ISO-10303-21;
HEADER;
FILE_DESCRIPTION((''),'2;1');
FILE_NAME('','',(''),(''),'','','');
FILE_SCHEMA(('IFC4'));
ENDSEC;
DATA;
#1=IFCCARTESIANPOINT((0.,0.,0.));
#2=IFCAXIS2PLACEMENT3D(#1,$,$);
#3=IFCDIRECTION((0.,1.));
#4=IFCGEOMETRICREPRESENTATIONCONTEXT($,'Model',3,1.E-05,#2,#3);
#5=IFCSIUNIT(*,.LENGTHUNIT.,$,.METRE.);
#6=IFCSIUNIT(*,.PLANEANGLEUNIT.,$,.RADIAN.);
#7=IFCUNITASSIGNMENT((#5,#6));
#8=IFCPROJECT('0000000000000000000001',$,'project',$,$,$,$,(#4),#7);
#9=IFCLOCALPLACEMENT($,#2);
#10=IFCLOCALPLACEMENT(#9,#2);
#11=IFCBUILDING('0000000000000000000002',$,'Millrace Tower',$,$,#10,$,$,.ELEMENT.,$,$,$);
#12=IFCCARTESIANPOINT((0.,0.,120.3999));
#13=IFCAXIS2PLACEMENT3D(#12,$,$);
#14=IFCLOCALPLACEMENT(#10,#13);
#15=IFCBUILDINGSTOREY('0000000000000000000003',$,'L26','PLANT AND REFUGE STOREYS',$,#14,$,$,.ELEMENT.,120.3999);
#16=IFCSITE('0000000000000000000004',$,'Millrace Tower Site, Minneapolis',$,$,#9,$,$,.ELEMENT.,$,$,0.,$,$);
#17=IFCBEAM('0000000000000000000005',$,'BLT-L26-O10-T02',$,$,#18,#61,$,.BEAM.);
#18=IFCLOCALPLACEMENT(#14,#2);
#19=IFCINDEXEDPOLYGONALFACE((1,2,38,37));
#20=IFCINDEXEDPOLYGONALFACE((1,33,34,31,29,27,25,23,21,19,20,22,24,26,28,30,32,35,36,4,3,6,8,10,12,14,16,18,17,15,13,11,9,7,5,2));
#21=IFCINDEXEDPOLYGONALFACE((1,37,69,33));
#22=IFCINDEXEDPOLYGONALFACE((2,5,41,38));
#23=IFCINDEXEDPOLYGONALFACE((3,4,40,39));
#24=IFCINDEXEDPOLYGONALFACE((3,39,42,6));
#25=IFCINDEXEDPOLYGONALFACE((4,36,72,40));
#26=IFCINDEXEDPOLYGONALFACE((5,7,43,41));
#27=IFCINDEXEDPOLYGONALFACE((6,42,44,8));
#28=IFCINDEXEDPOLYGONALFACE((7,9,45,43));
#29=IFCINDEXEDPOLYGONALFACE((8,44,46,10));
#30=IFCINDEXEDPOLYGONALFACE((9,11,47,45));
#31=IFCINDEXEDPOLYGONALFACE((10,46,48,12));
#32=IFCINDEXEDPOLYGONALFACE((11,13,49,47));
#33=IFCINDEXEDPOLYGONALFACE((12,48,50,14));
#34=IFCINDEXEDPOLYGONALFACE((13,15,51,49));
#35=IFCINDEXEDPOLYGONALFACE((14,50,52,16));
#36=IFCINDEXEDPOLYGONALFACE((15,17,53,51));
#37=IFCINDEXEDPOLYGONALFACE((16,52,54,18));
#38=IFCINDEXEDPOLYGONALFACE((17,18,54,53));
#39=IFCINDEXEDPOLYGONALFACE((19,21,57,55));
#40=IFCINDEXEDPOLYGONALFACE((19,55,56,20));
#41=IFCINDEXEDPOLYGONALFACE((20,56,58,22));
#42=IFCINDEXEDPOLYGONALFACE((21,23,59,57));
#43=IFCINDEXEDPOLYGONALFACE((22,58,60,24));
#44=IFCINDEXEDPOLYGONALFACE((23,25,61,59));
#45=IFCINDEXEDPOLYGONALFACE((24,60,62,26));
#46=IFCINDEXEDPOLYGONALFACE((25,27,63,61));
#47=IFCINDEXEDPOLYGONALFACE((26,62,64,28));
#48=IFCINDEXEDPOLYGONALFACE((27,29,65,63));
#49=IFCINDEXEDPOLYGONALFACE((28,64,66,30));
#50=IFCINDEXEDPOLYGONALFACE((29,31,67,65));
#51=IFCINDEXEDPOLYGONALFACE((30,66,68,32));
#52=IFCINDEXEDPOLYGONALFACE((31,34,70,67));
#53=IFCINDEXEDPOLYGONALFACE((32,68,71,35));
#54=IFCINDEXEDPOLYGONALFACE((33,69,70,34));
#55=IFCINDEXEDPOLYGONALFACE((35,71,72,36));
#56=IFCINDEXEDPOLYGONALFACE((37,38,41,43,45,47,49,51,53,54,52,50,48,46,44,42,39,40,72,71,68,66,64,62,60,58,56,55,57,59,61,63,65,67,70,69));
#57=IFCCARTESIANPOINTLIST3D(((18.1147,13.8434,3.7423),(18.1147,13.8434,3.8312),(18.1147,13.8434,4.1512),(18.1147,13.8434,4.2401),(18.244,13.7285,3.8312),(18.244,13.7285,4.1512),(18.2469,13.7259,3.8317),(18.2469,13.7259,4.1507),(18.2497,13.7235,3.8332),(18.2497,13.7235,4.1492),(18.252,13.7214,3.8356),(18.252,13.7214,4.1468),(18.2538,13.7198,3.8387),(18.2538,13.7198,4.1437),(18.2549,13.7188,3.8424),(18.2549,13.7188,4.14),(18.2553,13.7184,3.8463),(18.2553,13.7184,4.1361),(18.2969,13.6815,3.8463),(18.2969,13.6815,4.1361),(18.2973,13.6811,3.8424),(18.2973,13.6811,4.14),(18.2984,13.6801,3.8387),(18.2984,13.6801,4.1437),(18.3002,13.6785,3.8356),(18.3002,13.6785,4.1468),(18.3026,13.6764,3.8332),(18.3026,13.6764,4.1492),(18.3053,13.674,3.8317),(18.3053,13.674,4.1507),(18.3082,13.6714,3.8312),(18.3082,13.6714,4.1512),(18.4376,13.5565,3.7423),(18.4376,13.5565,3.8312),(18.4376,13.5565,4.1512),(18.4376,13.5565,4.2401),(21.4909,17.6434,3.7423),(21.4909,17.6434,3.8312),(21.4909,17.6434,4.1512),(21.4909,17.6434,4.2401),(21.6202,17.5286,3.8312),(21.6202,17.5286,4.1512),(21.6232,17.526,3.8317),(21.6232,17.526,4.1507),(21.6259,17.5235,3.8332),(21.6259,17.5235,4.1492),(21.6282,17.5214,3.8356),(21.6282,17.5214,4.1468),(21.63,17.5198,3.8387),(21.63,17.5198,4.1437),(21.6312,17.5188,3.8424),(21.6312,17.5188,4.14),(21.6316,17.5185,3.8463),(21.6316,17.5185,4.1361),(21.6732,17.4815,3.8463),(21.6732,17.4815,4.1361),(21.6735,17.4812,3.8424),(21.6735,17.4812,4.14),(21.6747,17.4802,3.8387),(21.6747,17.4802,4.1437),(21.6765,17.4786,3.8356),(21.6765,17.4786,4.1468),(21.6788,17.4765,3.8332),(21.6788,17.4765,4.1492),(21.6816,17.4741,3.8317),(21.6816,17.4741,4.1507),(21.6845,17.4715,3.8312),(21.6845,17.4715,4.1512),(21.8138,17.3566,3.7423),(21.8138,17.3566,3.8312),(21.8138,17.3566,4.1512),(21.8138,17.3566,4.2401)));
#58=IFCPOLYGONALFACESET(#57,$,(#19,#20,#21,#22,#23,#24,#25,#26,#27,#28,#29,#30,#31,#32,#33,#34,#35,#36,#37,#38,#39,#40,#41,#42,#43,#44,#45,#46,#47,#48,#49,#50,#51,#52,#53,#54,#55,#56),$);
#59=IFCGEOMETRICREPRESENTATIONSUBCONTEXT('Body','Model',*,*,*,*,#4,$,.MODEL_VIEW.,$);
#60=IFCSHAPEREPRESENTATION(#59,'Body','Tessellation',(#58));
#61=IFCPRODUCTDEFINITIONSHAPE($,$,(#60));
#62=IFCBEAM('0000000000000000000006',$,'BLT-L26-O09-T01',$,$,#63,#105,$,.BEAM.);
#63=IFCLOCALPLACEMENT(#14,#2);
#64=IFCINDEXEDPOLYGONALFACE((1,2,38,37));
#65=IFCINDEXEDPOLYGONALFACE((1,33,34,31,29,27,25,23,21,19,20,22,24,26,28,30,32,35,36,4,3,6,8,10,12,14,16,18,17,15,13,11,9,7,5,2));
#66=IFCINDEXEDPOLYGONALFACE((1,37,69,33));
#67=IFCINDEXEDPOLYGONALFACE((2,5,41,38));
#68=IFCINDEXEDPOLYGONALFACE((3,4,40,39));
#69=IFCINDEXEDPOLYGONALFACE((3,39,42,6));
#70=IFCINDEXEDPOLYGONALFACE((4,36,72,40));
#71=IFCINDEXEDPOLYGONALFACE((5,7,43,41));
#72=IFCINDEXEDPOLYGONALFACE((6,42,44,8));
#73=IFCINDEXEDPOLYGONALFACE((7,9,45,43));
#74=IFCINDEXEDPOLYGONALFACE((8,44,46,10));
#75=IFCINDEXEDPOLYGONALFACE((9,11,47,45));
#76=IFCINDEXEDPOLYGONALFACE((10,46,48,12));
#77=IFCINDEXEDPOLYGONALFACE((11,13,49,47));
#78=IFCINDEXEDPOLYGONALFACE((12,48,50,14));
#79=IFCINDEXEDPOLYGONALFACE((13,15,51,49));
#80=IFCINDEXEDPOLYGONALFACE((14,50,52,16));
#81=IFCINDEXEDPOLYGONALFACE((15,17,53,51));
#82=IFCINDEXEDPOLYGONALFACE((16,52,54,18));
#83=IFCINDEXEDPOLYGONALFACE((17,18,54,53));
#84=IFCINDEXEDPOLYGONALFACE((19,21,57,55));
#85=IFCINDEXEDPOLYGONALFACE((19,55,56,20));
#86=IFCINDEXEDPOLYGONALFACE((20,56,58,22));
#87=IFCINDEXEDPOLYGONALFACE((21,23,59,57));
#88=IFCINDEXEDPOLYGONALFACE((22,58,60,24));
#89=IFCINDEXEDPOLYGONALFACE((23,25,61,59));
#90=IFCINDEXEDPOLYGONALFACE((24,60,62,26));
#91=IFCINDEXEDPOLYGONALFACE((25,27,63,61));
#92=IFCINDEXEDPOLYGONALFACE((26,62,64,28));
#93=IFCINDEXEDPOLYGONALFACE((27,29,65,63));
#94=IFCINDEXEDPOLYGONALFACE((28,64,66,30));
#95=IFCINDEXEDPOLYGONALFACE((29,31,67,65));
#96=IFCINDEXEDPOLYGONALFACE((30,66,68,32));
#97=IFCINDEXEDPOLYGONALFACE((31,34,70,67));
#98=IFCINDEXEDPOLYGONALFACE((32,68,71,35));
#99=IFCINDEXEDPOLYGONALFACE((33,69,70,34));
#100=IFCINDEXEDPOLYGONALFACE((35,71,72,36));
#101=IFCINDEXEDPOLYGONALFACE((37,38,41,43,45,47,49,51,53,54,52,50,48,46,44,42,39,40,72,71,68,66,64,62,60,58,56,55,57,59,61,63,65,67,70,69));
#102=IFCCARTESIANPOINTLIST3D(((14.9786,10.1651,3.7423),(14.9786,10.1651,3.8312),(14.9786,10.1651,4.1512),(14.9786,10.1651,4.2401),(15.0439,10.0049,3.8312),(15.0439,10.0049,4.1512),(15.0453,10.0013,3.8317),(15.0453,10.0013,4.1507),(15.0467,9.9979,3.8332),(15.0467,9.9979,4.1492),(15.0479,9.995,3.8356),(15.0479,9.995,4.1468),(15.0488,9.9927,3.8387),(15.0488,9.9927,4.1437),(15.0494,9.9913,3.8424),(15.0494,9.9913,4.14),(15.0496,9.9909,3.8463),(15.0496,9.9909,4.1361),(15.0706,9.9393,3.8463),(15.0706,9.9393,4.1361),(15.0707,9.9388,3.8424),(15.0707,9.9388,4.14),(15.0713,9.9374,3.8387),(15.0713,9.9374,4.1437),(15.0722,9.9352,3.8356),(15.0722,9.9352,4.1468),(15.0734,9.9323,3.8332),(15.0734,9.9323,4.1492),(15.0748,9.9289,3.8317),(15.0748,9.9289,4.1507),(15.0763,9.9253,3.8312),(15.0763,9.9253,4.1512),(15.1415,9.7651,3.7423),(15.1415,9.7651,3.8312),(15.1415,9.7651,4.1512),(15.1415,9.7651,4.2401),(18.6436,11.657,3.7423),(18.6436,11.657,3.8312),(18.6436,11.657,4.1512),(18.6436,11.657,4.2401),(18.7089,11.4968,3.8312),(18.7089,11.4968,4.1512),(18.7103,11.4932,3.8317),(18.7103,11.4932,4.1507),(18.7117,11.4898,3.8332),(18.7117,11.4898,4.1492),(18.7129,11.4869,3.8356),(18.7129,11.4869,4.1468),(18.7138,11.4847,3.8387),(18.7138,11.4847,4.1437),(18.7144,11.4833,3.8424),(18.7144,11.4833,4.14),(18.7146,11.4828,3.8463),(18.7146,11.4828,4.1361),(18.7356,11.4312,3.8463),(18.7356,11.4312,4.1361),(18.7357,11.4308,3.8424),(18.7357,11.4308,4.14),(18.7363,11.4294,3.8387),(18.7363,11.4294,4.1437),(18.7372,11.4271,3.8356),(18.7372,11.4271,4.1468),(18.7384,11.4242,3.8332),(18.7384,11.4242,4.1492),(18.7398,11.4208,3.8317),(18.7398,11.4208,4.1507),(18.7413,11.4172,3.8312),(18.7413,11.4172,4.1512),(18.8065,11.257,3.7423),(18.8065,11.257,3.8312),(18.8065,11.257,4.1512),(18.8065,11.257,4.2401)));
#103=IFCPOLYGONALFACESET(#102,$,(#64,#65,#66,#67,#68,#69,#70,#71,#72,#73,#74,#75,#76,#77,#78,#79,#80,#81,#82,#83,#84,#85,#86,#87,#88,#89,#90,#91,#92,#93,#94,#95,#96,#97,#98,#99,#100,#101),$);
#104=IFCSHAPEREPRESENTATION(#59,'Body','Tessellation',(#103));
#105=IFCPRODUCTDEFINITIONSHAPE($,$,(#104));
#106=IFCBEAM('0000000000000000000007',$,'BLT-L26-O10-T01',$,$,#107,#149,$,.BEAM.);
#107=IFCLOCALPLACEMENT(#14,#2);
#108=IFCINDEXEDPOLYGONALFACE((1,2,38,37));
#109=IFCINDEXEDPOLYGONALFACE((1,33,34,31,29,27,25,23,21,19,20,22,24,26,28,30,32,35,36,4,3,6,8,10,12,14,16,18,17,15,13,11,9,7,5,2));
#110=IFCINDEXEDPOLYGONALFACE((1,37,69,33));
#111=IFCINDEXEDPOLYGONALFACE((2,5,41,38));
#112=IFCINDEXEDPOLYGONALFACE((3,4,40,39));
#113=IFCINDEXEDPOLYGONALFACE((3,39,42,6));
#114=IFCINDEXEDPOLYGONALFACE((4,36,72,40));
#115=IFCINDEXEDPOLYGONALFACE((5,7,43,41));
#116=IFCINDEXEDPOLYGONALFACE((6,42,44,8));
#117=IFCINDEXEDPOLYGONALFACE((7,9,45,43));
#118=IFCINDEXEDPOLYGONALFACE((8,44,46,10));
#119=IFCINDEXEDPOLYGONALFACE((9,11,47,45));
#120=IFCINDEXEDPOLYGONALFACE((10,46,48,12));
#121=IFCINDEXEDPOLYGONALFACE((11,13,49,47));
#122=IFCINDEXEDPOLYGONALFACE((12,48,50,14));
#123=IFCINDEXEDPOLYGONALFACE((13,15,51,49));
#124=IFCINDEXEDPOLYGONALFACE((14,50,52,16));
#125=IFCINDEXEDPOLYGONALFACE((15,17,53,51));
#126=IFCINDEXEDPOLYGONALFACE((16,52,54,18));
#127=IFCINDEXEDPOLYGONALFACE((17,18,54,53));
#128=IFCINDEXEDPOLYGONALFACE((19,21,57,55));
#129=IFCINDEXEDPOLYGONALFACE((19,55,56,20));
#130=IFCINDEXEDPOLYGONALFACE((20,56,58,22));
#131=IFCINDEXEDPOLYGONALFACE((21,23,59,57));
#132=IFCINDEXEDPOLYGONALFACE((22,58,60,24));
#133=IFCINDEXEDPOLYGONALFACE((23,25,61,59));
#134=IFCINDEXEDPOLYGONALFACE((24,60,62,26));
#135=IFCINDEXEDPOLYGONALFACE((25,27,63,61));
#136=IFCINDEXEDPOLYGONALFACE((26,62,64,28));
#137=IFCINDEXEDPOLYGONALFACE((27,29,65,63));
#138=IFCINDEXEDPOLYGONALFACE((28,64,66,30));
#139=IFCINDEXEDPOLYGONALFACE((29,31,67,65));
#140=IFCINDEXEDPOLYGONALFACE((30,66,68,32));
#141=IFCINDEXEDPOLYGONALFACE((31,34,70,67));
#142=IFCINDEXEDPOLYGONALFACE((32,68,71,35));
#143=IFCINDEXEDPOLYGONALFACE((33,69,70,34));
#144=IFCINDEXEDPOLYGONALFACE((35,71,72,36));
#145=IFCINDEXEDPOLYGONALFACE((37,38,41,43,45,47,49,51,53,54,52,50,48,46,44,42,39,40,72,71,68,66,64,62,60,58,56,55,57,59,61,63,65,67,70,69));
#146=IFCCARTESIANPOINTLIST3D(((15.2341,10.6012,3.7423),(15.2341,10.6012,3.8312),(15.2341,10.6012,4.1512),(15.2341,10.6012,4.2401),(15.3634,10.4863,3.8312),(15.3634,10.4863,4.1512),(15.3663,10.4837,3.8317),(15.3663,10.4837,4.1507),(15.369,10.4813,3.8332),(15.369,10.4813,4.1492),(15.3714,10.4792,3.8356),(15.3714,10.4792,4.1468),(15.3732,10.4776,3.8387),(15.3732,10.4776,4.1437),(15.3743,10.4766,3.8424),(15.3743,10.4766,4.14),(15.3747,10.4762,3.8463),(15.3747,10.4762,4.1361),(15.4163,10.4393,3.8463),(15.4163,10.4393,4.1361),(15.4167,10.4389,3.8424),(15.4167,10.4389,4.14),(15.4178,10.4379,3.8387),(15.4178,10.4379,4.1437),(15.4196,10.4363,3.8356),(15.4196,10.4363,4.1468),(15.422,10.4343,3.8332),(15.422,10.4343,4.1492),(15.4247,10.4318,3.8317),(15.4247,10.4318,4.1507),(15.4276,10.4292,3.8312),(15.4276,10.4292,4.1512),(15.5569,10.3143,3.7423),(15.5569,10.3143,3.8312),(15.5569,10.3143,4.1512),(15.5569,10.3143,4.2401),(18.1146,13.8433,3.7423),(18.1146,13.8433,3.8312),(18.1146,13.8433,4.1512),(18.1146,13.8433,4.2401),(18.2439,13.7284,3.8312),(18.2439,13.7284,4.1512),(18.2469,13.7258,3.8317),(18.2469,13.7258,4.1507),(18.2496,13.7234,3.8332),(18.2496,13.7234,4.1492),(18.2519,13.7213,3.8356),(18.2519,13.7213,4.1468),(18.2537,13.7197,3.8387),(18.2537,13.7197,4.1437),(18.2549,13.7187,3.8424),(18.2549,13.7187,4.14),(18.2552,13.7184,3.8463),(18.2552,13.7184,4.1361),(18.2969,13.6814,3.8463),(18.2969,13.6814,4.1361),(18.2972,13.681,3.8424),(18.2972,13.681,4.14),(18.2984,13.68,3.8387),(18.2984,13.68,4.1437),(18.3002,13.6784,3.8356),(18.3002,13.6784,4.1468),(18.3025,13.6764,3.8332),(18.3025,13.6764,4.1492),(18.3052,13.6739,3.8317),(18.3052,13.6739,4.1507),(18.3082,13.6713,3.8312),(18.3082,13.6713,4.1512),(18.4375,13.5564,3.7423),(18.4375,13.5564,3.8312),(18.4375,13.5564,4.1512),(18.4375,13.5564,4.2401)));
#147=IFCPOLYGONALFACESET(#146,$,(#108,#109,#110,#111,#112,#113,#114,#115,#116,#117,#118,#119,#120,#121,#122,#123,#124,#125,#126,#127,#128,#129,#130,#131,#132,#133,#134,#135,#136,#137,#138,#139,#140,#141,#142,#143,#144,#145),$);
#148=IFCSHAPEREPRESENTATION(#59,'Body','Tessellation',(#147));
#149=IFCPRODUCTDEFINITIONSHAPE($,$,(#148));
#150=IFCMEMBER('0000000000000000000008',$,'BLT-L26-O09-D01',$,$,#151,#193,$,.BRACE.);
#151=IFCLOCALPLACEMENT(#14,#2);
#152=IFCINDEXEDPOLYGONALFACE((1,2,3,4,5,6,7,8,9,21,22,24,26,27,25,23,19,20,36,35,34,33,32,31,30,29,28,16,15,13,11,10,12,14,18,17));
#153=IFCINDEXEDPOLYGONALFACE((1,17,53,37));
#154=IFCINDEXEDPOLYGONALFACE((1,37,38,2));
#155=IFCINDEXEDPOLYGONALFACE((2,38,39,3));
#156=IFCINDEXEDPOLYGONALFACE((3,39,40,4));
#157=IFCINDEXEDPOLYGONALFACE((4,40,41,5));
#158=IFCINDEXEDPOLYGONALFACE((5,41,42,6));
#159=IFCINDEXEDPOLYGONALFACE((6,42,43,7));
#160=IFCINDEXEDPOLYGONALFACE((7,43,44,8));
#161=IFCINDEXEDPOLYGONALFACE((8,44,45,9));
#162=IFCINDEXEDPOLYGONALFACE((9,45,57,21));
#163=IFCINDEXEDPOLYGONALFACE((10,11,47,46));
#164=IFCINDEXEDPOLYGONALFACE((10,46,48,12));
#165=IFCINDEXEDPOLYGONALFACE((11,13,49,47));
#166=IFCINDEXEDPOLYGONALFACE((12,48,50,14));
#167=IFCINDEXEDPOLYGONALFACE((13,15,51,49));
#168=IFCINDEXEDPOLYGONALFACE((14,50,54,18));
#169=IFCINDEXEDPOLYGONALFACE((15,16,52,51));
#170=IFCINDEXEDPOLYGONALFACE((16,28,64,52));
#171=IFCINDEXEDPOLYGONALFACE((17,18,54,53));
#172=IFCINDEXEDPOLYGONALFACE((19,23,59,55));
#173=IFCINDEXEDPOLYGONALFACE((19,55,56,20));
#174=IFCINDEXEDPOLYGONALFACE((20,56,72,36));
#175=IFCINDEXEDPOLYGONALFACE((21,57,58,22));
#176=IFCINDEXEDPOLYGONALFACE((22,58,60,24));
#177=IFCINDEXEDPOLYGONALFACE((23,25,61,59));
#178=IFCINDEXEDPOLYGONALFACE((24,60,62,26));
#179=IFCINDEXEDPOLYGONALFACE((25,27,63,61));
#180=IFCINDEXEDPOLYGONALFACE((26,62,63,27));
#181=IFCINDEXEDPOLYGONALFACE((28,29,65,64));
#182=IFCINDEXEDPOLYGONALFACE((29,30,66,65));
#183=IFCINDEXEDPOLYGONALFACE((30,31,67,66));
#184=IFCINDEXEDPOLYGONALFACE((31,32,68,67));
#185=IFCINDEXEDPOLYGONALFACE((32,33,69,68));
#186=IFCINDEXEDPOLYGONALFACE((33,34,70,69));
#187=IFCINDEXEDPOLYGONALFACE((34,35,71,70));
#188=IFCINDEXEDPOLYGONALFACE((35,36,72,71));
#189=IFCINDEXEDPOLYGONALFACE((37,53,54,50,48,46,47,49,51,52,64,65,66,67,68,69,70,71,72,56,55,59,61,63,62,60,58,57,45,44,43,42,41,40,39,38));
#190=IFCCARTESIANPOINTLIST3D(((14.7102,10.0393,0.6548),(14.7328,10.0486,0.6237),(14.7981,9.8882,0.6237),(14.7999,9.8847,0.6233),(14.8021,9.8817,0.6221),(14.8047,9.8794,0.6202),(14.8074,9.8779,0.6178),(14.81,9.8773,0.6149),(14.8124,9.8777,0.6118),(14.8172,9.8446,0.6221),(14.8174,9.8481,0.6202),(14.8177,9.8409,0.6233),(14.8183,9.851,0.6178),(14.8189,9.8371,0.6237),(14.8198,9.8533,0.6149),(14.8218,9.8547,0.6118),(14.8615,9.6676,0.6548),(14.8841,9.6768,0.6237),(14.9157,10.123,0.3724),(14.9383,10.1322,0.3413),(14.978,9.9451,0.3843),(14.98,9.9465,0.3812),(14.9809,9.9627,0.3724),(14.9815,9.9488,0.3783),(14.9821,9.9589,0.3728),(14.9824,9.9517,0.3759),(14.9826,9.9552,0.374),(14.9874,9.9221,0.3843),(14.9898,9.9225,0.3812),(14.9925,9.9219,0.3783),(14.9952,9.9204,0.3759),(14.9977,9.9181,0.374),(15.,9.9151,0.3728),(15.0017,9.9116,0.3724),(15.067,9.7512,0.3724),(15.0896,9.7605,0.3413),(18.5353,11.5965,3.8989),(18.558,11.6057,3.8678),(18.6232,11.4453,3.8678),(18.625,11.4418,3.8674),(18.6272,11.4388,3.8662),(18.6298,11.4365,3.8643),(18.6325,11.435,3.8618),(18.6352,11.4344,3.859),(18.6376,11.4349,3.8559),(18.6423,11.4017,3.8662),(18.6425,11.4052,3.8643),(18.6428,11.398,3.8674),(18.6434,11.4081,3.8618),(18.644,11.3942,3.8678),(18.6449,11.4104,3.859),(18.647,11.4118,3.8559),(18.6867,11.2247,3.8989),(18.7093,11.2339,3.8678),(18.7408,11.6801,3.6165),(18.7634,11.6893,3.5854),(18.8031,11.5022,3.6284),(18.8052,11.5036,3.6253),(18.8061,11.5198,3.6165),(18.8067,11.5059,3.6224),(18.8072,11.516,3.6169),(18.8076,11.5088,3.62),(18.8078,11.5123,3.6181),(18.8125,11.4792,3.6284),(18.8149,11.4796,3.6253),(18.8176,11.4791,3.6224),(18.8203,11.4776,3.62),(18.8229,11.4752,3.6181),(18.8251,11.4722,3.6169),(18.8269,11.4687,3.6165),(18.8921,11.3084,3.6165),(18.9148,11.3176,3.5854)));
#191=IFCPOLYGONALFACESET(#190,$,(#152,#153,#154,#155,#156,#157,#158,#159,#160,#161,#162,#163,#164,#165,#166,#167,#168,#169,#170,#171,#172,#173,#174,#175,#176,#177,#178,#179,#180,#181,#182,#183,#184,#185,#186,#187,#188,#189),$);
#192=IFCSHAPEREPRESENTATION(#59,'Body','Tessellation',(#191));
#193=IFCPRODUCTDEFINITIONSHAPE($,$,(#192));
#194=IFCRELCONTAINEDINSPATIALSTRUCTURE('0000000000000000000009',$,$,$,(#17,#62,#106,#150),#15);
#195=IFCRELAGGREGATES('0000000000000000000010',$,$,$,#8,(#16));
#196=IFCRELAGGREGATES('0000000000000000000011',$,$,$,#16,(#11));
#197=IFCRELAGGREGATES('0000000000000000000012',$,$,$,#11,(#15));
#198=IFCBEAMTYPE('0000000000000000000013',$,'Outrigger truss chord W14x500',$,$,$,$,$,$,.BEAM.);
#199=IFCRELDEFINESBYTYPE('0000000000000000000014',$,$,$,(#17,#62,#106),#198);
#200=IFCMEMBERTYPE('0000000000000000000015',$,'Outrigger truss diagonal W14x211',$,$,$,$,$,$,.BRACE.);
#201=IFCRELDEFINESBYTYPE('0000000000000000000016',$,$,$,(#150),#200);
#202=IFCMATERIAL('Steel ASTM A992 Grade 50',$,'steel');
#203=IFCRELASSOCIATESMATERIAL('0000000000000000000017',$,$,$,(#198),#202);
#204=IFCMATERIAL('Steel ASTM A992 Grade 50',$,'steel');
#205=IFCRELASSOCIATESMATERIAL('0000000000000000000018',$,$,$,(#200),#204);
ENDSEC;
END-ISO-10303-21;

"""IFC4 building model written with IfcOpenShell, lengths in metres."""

from ifc_helpers import new_model, si_unit, direction, frame, origin, origin_2d, place, context, subcontext, project, spatial, i_section, extrude, material, material_profile, profile_set, type_object, element, save


model = new_model("IFC4")

# Units and contexts
model_context = context("Model", 3, precision=1e-05, world=origin(), true_north=direction((0.0, 1.0)))
body_context = subcontext(model_context, "Body", "Model", "MODEL_VIEW")
ifc_project = project(units=[si_unit("LENGTHUNIT", "METRE"), si_unit("PLANEANGLEUNIT", "RADIAN")], contexts=[model_context])

# Site, building, storey
site_placement = place(None, origin())
site = spatial("IfcSite", under=ifc_project, at=site_placement, Name="Millrace Tower Site, Minneapolis", CompositionType="ELEMENT", RefElevation=0.0)
building_placement = place(site_placement, origin())
building = spatial("IfcBuilding", under=site, at=building_placement, Name="Millrace Tower", CompositionType="ELEMENT")
storey_placement = place(building_placement, frame((0.0, 0.0, 120.3999)))
storey = spatial("IfcBuildingStorey", under=building, at=storey_placement, Name="L26", Description="PLANT AND REFUGE STOREYS", CompositionType="ELEMENT", Elevation=120.3999)

# Beams
ifc_material_1 = material(Name="Steel ASTM A992 Grade 50", Category="steel")
ifc_material_profile_1 = material_profile(ifc_material_1, i_section(OverallWidth=0.4319, OverallDepth=0.4978, WebThickness=0.0557, FlangeThickness=0.0889, FilletRadius=0.0151, at=origin_2d()))
ifc_profile_set_1 = profile_set([ifc_material_profile_1], Name="Steel ASTM A992 Grade 50")
beam_type_1 = type_object("IfcBeamType", Name="Outrigger truss chord W14x500", PredefinedType="BEAM", material=ifc_profile_set_1)
for number, where, z_axis, x_axis, name in (
    (1, (18.2761, 13.7, 3.9912), (0.664188, 0.747566, 0.0), (-0.747566, 0.664188, 0.0), "BLT-L26-O10-T02"),
):
    element("IfcBeam", number, at=place(storey_placement, frame(where, z_axis=z_axis, x_axis=x_axis)), inside=storey, type_object=beam_type_1, Name=name, PredefinedType="BEAM", context=body_context, shape_type="SweptSolid", body=[
        extrude(i_section(OverallWidth=0.4319, OverallDepth=0.4978, WebThickness=0.0557, FlangeThickness=0.0889, FilletRadius=0.0151, at=origin_2d()), origin(), (0.0, 0.0, 1.0), 5.0833),
    ])
beam_1_placement = place(storey_placement, frame((15.0601, 9.9651, 3.9912), z_axis=(0.9262, 0.377032, 0.0), x_axis=(-0.377032, 0.9262, 0.0)))
element("IfcBeam", 2, at=beam_1_placement, inside=storey, type_object=beam_type_1, Name="BLT-L26-O09-T01", PredefinedType="BEAM", context=body_context, shape_type="SweptSolid", body=[
    extrude(i_section(OverallWidth=0.4319, OverallDepth=0.4978, WebThickness=0.0557, FlangeThickness=0.0889, FilletRadius=0.0151, at=origin_2d()), origin(), (0.0, 0.0, 1.0), 3.957),
])
beam_2_placement = place(storey_placement, frame((15.3955, 10.4578, 3.9912), z_axis=(0.664193, 0.747561, 0.0), x_axis=(-0.747561, 0.664193, 0.0)))
element("IfcBeam", 3, at=beam_2_placement, inside=storey, type_object=beam_type_1, Name="BLT-L26-O10-T01", PredefinedType="BEAM", context=body_context, shape_type="SweptSolid", body=[
    extrude(i_section(OverallWidth=0.4319, OverallDepth=0.4978, WebThickness=0.0557, FlangeThickness=0.0889, FilletRadius=0.0151, at=origin_2d()), origin(), (0.0, 0.0, 1.0), 4.3369),
])

# Member
ifc_material_2 = material(Name="Steel ASTM A992 Grade 50", Category="steel")
ifc_material_profile_2 = material_profile(ifc_material_2, i_section(OverallWidth=0.4014, OverallDepth=0.3987, WebThickness=0.0249, FlangeThickness=0.0396, FilletRadius=0.0151, at=origin_2d()))
ifc_profile_set_2 = profile_set([ifc_material_profile_2], Name="Steel ASTM A992 Grade 50")
member_type_1 = type_object("IfcMemberType", Name="Outrigger truss diagonal W14x211", PredefinedType="BRACE", material=ifc_profile_set_2)
member_1_placement = place(storey_placement, frame((14.8999, 9.8999, 0.498), z_axis=(0.728361, 0.296495, 0.617722), x_axis=(-0.37703, 0.926201, 0.0)))
element("IfcMember", 4, at=member_1_placement, inside=storey, type_object=member_type_1, Name="BLT-L26-O09-D01", PredefinedType="BRACE", context=body_context, shape_type="SweptSolid", body=[
    extrude(i_section(OverallWidth=0.4014, OverallDepth=0.3987, WebThickness=0.0249, FlangeThickness=0.0396, FilletRadius=0.0151, at=origin_2d()), origin(), (0.0, 0.0, 1.0), 5.2517),
])

save(model, "model.ifc")
